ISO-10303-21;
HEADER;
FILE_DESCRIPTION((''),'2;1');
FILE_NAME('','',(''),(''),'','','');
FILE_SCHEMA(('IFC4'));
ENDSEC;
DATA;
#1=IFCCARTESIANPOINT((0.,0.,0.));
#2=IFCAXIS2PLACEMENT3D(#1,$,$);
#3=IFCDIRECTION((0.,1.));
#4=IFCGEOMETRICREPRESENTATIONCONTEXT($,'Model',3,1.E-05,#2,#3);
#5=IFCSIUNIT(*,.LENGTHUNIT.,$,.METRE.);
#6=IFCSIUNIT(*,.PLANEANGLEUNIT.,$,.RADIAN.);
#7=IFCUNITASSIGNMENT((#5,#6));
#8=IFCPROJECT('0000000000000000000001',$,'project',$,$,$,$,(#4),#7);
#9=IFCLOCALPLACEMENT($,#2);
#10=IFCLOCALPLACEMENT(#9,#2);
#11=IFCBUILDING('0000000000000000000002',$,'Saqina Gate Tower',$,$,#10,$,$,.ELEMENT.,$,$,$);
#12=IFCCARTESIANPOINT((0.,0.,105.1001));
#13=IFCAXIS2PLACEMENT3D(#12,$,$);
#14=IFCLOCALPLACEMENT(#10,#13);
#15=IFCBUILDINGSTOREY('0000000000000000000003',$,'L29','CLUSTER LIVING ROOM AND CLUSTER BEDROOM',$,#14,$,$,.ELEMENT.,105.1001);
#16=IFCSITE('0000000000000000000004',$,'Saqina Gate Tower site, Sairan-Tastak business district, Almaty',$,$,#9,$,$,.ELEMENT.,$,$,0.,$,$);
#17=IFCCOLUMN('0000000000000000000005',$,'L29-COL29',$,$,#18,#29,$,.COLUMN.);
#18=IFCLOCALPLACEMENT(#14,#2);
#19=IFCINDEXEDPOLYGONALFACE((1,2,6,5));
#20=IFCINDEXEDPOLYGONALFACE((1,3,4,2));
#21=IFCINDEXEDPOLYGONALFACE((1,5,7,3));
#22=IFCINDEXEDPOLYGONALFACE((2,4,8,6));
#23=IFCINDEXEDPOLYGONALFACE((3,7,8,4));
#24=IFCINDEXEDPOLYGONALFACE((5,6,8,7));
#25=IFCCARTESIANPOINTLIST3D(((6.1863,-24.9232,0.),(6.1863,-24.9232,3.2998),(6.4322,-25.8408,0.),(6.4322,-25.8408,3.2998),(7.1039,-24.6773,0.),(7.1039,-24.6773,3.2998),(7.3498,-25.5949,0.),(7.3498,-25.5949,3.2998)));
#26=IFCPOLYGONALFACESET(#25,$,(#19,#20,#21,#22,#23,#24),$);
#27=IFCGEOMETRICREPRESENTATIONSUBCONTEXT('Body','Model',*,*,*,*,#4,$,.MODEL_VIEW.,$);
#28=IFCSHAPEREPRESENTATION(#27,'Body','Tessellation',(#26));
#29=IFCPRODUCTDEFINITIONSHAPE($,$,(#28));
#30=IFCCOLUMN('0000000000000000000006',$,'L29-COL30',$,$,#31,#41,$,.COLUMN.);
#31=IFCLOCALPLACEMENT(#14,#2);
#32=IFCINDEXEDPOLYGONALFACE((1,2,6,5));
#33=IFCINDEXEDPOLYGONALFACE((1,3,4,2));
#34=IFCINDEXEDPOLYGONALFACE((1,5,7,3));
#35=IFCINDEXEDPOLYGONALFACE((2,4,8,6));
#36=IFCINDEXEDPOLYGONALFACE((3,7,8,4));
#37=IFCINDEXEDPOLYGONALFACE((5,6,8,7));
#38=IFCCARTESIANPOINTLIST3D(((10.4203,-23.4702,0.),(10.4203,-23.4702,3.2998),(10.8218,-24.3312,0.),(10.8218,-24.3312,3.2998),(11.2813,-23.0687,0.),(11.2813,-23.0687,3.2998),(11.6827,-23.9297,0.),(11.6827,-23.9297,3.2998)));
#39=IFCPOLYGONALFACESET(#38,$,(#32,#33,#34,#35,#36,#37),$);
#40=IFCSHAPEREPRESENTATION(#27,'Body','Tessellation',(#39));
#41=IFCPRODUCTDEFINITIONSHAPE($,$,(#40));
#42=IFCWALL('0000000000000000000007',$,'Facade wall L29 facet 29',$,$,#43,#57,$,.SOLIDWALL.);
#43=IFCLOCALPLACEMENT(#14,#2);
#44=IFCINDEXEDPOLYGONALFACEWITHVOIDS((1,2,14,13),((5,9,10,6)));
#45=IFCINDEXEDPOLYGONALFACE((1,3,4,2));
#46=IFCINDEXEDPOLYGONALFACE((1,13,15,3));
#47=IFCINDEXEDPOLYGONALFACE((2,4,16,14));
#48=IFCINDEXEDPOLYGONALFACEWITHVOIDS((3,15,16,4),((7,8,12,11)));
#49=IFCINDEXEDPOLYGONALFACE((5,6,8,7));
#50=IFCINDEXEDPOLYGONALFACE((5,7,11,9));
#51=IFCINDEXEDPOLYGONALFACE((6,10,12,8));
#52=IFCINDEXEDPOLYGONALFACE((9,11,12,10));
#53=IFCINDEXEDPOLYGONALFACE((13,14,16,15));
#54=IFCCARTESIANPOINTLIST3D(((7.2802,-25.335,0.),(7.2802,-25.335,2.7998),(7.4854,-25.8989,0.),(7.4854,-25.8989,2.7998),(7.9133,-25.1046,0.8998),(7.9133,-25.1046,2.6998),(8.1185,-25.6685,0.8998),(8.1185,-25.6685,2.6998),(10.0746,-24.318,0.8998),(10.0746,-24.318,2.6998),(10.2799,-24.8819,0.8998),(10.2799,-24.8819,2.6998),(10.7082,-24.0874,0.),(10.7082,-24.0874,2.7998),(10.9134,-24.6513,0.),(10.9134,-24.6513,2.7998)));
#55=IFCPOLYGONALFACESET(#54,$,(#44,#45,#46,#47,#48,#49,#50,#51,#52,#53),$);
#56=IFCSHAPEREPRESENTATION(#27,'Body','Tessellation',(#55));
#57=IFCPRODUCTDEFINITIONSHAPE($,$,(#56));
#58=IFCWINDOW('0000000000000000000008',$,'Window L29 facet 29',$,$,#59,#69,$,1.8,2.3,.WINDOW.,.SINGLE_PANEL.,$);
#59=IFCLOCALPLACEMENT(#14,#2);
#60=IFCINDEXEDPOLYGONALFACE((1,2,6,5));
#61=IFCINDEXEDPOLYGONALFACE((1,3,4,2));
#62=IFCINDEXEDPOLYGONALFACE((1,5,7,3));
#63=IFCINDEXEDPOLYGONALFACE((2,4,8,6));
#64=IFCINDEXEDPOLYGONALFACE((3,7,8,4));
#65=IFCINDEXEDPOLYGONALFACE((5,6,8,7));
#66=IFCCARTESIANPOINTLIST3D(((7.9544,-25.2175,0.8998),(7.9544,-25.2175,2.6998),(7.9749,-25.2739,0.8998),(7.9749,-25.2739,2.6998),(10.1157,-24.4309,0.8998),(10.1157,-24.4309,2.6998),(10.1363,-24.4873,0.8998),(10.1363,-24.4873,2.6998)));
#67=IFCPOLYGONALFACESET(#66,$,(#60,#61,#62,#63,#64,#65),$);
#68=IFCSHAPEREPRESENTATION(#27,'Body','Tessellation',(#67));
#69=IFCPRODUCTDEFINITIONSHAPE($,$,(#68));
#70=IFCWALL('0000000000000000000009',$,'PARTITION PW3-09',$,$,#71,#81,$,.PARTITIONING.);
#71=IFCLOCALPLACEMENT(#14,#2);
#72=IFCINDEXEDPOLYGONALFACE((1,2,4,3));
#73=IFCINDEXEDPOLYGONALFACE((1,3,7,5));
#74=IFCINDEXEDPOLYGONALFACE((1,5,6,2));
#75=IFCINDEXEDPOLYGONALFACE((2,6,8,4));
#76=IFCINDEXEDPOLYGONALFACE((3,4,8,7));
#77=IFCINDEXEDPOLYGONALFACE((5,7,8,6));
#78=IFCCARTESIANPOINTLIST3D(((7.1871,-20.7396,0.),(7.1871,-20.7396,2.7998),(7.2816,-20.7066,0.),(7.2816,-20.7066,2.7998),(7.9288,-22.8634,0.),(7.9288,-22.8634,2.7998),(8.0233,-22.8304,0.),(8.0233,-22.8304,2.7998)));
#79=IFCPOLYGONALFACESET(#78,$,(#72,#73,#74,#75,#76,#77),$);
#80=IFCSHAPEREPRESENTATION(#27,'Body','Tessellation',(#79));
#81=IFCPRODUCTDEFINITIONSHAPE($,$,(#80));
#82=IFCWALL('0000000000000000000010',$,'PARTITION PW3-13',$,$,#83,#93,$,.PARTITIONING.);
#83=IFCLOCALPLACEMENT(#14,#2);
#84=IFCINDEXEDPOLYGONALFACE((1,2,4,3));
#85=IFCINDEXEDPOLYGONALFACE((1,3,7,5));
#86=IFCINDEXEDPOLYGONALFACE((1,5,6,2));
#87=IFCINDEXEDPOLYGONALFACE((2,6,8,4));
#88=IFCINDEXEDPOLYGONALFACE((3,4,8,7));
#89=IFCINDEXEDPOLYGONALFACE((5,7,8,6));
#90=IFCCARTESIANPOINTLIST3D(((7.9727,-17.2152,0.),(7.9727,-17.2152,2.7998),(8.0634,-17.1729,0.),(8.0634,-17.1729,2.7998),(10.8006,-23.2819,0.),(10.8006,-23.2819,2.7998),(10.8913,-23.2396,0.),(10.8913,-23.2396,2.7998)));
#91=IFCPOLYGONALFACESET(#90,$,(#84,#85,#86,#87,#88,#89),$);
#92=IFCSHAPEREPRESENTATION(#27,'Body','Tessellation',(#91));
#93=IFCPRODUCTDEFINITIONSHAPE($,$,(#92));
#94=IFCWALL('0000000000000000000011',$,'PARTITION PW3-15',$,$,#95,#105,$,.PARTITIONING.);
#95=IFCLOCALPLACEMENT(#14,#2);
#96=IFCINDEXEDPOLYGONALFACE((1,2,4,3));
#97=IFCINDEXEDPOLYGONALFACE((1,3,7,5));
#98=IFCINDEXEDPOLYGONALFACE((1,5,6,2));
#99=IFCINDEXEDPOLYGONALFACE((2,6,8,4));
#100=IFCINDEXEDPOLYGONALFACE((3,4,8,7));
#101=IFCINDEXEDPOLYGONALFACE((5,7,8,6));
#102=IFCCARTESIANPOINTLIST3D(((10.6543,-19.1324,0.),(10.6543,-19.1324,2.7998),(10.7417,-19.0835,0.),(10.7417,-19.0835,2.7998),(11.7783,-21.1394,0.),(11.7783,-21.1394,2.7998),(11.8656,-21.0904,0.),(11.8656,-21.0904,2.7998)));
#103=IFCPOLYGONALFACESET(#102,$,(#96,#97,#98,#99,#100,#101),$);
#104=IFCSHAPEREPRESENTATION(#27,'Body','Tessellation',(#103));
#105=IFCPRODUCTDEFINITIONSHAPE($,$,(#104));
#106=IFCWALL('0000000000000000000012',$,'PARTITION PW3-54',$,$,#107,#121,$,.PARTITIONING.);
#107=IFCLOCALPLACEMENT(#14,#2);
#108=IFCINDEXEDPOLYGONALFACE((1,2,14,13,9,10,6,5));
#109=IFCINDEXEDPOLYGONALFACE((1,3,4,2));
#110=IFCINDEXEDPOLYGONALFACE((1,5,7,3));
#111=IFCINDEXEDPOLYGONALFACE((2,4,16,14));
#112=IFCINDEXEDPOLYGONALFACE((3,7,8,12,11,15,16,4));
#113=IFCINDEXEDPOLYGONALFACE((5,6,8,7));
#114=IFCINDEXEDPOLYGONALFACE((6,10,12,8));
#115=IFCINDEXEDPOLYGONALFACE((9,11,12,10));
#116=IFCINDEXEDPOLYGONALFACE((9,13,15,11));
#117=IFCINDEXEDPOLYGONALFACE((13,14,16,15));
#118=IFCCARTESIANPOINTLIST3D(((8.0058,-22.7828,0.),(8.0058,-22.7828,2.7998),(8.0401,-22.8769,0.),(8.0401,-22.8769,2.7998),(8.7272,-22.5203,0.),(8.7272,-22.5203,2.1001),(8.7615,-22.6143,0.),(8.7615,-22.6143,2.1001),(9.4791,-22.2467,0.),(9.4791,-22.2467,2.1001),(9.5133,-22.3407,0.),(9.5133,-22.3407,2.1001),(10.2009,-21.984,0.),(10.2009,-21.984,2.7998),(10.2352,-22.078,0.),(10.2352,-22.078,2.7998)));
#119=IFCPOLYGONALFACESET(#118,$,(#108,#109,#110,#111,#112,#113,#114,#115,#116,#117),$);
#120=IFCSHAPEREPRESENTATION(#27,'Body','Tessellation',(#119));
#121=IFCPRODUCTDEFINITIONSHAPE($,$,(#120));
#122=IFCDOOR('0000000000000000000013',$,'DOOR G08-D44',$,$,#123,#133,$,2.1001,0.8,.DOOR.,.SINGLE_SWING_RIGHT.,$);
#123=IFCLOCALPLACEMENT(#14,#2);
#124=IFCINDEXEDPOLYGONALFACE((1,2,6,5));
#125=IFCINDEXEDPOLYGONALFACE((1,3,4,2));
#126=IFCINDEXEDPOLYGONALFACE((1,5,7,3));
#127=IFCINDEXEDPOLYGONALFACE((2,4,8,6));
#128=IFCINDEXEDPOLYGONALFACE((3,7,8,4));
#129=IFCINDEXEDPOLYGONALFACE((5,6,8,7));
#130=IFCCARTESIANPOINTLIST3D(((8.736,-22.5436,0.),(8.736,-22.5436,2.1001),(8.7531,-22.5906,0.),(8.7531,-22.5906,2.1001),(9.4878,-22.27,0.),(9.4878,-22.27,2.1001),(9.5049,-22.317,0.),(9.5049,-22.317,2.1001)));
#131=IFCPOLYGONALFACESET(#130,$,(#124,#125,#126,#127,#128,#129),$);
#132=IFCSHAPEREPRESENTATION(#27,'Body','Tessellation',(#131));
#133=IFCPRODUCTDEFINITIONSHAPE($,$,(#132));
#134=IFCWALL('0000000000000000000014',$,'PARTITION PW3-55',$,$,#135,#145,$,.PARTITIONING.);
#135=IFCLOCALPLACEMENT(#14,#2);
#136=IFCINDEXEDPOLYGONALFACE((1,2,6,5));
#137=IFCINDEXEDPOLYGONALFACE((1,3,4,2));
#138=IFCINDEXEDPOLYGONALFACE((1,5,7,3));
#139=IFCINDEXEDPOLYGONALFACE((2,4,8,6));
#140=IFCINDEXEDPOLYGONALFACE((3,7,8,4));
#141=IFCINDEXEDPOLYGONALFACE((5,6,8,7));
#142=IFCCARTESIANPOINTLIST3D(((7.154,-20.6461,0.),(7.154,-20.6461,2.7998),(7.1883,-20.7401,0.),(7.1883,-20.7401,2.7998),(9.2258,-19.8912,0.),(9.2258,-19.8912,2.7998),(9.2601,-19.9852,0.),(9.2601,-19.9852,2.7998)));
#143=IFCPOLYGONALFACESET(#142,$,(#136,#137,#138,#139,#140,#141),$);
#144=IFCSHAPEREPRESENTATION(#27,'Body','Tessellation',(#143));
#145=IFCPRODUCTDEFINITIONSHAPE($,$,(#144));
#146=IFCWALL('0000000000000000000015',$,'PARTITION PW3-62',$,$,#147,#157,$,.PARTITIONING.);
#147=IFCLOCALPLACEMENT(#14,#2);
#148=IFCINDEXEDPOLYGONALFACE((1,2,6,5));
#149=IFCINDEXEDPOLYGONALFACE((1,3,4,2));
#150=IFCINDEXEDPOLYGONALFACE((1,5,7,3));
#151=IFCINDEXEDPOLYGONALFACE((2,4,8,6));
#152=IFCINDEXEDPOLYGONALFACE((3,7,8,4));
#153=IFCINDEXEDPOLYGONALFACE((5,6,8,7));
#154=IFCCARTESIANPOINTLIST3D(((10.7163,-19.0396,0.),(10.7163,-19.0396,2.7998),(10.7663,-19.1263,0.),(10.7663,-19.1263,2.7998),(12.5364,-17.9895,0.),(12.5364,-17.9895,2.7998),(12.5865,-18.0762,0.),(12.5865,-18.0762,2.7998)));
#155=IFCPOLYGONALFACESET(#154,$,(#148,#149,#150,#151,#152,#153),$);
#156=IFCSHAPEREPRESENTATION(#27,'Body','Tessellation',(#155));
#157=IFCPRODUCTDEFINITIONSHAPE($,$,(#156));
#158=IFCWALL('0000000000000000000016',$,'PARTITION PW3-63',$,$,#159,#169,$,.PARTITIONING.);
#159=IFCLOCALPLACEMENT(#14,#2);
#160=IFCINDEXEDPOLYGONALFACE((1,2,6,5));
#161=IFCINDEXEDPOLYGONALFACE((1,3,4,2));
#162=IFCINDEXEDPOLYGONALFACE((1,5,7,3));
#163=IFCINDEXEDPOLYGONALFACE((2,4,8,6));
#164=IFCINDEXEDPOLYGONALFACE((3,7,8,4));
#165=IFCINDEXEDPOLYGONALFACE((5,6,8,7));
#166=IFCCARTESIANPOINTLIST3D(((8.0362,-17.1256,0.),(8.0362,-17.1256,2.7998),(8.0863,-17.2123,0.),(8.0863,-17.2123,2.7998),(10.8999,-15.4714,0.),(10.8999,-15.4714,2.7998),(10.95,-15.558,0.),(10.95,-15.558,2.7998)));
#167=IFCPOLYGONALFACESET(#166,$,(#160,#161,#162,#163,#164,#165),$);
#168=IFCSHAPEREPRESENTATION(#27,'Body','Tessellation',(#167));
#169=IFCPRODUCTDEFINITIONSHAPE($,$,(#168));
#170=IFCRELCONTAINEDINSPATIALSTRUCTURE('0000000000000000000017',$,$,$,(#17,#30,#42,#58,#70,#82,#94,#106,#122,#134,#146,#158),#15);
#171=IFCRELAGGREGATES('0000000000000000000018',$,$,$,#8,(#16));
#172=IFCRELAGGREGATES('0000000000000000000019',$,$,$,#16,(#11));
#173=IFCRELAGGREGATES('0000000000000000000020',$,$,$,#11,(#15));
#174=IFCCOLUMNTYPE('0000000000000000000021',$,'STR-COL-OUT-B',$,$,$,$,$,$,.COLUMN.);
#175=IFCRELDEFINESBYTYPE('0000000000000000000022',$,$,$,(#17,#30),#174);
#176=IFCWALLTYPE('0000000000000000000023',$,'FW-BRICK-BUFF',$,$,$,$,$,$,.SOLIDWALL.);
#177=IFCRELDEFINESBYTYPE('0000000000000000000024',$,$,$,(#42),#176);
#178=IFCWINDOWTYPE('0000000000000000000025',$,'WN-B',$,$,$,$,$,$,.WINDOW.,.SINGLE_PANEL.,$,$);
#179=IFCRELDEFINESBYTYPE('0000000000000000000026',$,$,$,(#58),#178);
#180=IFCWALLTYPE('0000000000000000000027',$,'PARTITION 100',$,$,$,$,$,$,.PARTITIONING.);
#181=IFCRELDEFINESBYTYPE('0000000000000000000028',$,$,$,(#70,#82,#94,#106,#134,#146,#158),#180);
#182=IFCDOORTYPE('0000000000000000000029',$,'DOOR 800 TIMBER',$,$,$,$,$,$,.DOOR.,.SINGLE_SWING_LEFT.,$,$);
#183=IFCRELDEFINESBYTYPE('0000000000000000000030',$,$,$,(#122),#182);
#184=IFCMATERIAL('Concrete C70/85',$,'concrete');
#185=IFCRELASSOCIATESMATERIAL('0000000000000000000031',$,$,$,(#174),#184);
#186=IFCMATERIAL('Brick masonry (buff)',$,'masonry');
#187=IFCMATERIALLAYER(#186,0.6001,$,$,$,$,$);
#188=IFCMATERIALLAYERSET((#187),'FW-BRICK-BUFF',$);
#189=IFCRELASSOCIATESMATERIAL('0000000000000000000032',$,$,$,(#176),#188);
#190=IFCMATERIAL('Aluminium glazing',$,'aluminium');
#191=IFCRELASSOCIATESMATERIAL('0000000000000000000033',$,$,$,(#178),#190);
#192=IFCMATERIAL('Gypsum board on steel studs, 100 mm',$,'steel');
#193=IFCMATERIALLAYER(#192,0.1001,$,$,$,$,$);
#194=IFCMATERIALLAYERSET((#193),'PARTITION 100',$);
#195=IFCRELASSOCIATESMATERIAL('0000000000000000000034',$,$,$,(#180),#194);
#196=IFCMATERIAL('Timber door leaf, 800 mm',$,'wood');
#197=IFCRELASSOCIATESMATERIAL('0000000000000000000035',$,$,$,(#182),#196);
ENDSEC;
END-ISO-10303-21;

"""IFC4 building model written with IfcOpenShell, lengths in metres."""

from ifc_helpers import new_model, si_unit, direction, frame, frame_2d, origin, origin_2d, place, context, subcontext, project, spatial, rectangle, extrude, material, layer, layer_set, material_profile, profile_set, type_object, element, fill, save


model = new_model("IFC4")

# Units and contexts
model_context = context("Model", 3, precision=1e-05, world=origin(), true_north=direction((0.0, 1.0)))
body_context = subcontext(model_context, "Body", "Model", "MODEL_VIEW")
ifc_project = project(units=[si_unit("LENGTHUNIT", "METRE"), si_unit("PLANEANGLEUNIT", "RADIAN")], contexts=[model_context])

# Site, building, storey
site_placement = place(None, origin())
site = spatial("IfcSite", under=ifc_project, at=site_placement, Name="Saqina Gate Tower site, Sairan-Tastak business district, Almaty", CompositionType="ELEMENT", RefElevation=0.0)
building_placement = place(site_placement, origin())
building = spatial("IfcBuilding", under=site, at=building_placement, Name="Saqina Gate Tower", CompositionType="ELEMENT")
storey_placement = place(building_placement, frame((0.0, 0.0, 105.1001)))
storey = spatial("IfcBuildingStorey", under=building, at=storey_placement, Name="L29", Description="CLUSTER LIVING ROOM AND CLUSTER BEDROOM", CompositionType="ELEMENT", Elevation=105.1001)

# Columns
ifc_material_1 = material(Name="Concrete C70/85", Category="concrete")
ifc_material_profile = material_profile(ifc_material_1, rectangle(XDim=0.95, YDim=0.95, at=origin_2d()), Name="RC 950x950")
ifc_profile_set = profile_set([ifc_material_profile], Name="Concrete C70/85")
column_type = type_object("IfcColumnType", Name="STR-COL-OUT-B", PredefinedType="COLUMN", material=ifc_profile_set)
for number, where, z_axis, x_axis, name in (
    (1, (6.7681, -25.259, 0.0), (0.0, 0.0, 1.0), (0.258819, -0.965926, 0.0), "L29-COL29"),
    (2, (11.0515, -23.7, 0.0), (0.0, 0.0, 1.0), (0.422618, -0.906308, 0.0), "L29-COL30"),
):
    element("IfcColumn", number, at=place(storey_placement, frame(where, z_axis=z_axis, x_axis=x_axis)), inside=storey, type_object=column_type, Name=name, PredefinedType="COLUMN", context=body_context, shape_type="SweptSolid", body=[
        extrude(rectangle(XDim=0.95, YDim=0.95, at=origin_2d()), origin(), (0.0, 0.0, 1.0), 3.2998),
    ])

# Wall, opening, window
ifc_material_2 = material(Name="Brick masonry (buff)", Category="masonry")
ifc_layer_1 = layer(ifc_material_2, 0.6001)
ifc_layer_set_1 = layer_set([ifc_layer_1], Name="FW-BRICK-BUFF")
wall_type_1 = type_object("IfcWallType", Name="FW-BRICK-BUFF", PredefinedType="SOLIDWALL", material=ifc_layer_set_1)
wall_1_placement = place(storey_placement, frame((7.3828, -25.6169, 0.0), z_axis=(0.0, 0.0, 1.0), x_axis=(0.939704, 0.34199, 0.0)))
wall_1 = element("IfcWall", 3, at=wall_1_placement, inside=storey, type_object=wall_type_1, Name="Facade wall L29 facet 29", PredefinedType="SOLIDWALL", context=body_context, shape_type="SweptSolid", body=[
    extrude(rectangle(XDim=3.6479, YDim=0.6001, at=frame_2d((1.824, 0.0))), origin(), (0.0, 0.0, 1.0), 2.7998),
])
opening_1_placement = place(wall_1_placement, frame((0.6738, 0.0, 0.8999)))
opening_1 = element("IfcOpeningElement", 4, at=opening_1_placement, cuts=wall_1, PredefinedType="OPENING", context=body_context, shape_type="SweptSolid", body=[
    extrude(rectangle(XDim=2.3, YDim=1.8, at=frame_2d((1.1499, 0.8999))), frame((0.0, 0.312, 0.0), z_axis=(0.0, -1.0, 0.0), x_axis=(1.0, 0.0, 0.0)), (0.0, 0.0, 1.0), 0.624),
])
ifc_material_3 = material(Name="Aluminium glazing", Category="aluminium")
window_type = type_object("IfcWindowType", Name="WN-B", PartitioningType="SINGLE_PANEL", PredefinedType="WINDOW", material=ifc_material_3)
window_placement = place(opening_1_placement, origin())
window = element("IfcWindow", 5, at=window_placement, inside=storey, type_object=window_type, Name="Window L29 facet 29", OverallHeight=1.8, OverallWidth=2.3, PartitioningType="SINGLE_PANEL", PredefinedType="WINDOW", context=body_context, shape_type="SweptSolid", body=[
    extrude(rectangle(XDim=2.3, YDim=1.8, at=frame_2d((1.1499, 0.8999))), frame((0.0, 0.1799, 0.0), z_axis=(0.0, -1.0, 0.0), x_axis=(1.0, 0.0, 0.0)), (0.0, 0.0, 1.0), 0.0601),
])
fill(opening_1, window)

# Walls
ifc_material_4 = material(Name="Gypsum board on steel studs, 100 mm", Category="steel")
ifc_layer_2 = layer(ifc_material_4, 0.1001)
ifc_layer_set_2 = layer_set([ifc_layer_2], Name="PARTITION 100")
wall_type_2 = type_object("IfcWallType", Name="PARTITION 100", PredefinedType="PARTITIONING", material=ifc_layer_set_2)
wall_2_placement = place(storey_placement, frame((7.2344, -20.7231, 0.0), z_axis=(0.0, 0.0, 1.0), x_axis=(0.329707, -0.944083, 0.0)))
element("IfcWall", 6, at=wall_2_placement, inside=storey, type_object=wall_type_2, Name="PARTITION PW3-09", PredefinedType="PARTITIONING", context=body_context, shape_type="SweptSolid", body=[
    extrude(rectangle(XDim=2.2495, YDim=0.1001, at=frame_2d((1.1248, 0.0))), origin(), (0.0, 0.0, 1.0), 2.7998),
])
wall_3_placement = place(storey_placement, frame((8.0181, -17.1941, 0.0), z_axis=(0.0, 0.0, 1.0), x_axis=(0.42249, -0.906368, 0.0)))
element("IfcWall", 7, at=wall_3_placement, inside=storey, type_object=wall_type_2, Name="PARTITION PW3-13", PredefinedType="PARTITIONING", context=body_context, shape_type="SweptSolid", body=[
    extrude(rectangle(XDim=6.6934, YDim=0.1001, at=frame_2d((3.3467, 0.0))), origin(), (0.0, 0.0, 1.0), 2.7998),
])
wall_4_placement = place(storey_placement, frame((10.698, -19.1079, 0.0), z_axis=(0.0, 0.0, 1.0), x_axis=(0.488623, -0.872495, 0.0)))
element("IfcWall", 8, at=wall_4_placement, inside=storey, type_object=wall_type_2, Name="PARTITION PW3-15", PredefinedType="PARTITIONING", context=body_context, shape_type="SweptSolid", body=[
    extrude(rectangle(XDim=2.3003, YDim=0.1001, at=frame_2d((1.1501, 0.0))), origin(), (0.0, 0.0, 1.0), 2.7998),
])

# Wall, opening, door
wall_5_placement = place(storey_placement, frame((8.0229, -22.8298, 0.0), z_axis=(0.0, 0.0, 1.0), x_axis=(0.939708, 0.341978, 0.0)))
wall_5 = element("IfcWall", 9, at=wall_5_placement, inside=storey, type_object=wall_type_2, Name="PARTITION PW3-54", PredefinedType="PARTITIONING", context=body_context, shape_type="SweptSolid", body=[
    extrude(rectangle(XDim=2.3359, YDim=0.1001, at=frame_2d((1.168, 0.0))), origin(), (0.0, 0.0, 1.0), 2.7998),
])
opening_2_placement = place(wall_5_placement, frame((0.7678, 0.0, 0.0)))
opening_2 = element("IfcOpeningElement", 10, at=opening_2_placement, cuts=wall_5, PredefinedType="OPENING", context=body_context, shape_type="SweptSolid", body=[
    extrude(rectangle(XDim=0.8, YDim=2.1001, at=frame_2d((0.3999, 1.05))), frame((0.0, 0.062, 0.0), z_axis=(0.0, -1.0, 0.0), x_axis=(1.0, 0.0, 0.0)), (0.0, 0.0, 1.0), 0.124),
])
ifc_material_5 = material(Name="Timber door leaf, 800 mm", Category="wood")
door_type_1 = type_object("IfcDoorType", Name="DOOR 800 TIMBER", OperationType="SINGLE_SWING_LEFT", PredefinedType="DOOR", material=ifc_material_5)
door_1_placement = place(opening_2_placement, frame((0.8, 0.0, 0.0), z_axis=(0.0, 0.0, 1.0), x_axis=(-1.0, 0.0, 0.0)))
door_1 = element("IfcDoor", 11, at=door_1_placement, inside=storey, type_object=door_type_1, Name="DOOR G08-D44", OperationType="SINGLE_SWING_RIGHT", OverallHeight=2.1001, OverallWidth=0.8, PredefinedType="DOOR", context=body_context, shape_type="SweptSolid", body=[
    extrude(rectangle(XDim=0.8, YDim=2.1001, at=frame_2d((0.3999, 1.05))), frame((0.0, 0.0249, 0.0), z_axis=(0.0, -1.0, 0.0), x_axis=(1.0, 0.0, 0.0)), (0.0, 0.0, 1.0), 0.05),
])
fill(opening_2, door_1)

# Walls
wall_6_placement = place(storey_placement, frame((7.1711, -20.6931, 0.0), z_axis=(0.0, 0.0, 1.0), x_axis=(0.939573, 0.342348, 0.0)))
element("IfcWall", 12, at=wall_6_placement, inside=storey, type_object=wall_type_2, Name="PARTITION PW3-55", PredefinedType="PARTITIONING", context=body_context, shape_type="SweptSolid", body=[
    extrude(rectangle(XDim=2.2051, YDim=0.1001, at=frame_2d((1.1025, 0.0))), origin(), (0.0, 0.0, 1.0), 2.7998),
])
wall_7_placement = place(storey_placement, frame((10.7412, -19.083, 0.0), z_axis=(0.0, 0.0, 1.0), x_axis=(0.866184, 0.499726, 0.0)))
element("IfcWall", 13, at=wall_7_placement, inside=storey, type_object=wall_type_2, Name="PARTITION PW3-62", PredefinedType="PARTITIONING", context=body_context, shape_type="SweptSolid", body=[
    extrude(rectangle(XDim=2.1013, YDim=0.1001, at=frame_2d((1.0508, 0.0))), origin(), (0.0, 0.0, 1.0), 2.7998),
])
wall_8_placement = place(storey_placement, frame((8.0613, -17.1689, 0.0), z_axis=(0.0, 0.0, 1.0), x_axis=(0.865908, 0.500204, 0.0)))
element("IfcWall", 14, at=wall_8_placement, inside=storey, type_object=wall_type_2, Name="PARTITION PW3-63", PredefinedType="PARTITIONING", context=body_context, shape_type="SweptSolid", body=[
    extrude(rectangle(XDim=3.3071, YDim=0.1001, at=frame_2d((1.6536, 0.0))), origin(), (0.0, 0.0, 1.0), 2.7998),
])

save(model, "model.ifc")
